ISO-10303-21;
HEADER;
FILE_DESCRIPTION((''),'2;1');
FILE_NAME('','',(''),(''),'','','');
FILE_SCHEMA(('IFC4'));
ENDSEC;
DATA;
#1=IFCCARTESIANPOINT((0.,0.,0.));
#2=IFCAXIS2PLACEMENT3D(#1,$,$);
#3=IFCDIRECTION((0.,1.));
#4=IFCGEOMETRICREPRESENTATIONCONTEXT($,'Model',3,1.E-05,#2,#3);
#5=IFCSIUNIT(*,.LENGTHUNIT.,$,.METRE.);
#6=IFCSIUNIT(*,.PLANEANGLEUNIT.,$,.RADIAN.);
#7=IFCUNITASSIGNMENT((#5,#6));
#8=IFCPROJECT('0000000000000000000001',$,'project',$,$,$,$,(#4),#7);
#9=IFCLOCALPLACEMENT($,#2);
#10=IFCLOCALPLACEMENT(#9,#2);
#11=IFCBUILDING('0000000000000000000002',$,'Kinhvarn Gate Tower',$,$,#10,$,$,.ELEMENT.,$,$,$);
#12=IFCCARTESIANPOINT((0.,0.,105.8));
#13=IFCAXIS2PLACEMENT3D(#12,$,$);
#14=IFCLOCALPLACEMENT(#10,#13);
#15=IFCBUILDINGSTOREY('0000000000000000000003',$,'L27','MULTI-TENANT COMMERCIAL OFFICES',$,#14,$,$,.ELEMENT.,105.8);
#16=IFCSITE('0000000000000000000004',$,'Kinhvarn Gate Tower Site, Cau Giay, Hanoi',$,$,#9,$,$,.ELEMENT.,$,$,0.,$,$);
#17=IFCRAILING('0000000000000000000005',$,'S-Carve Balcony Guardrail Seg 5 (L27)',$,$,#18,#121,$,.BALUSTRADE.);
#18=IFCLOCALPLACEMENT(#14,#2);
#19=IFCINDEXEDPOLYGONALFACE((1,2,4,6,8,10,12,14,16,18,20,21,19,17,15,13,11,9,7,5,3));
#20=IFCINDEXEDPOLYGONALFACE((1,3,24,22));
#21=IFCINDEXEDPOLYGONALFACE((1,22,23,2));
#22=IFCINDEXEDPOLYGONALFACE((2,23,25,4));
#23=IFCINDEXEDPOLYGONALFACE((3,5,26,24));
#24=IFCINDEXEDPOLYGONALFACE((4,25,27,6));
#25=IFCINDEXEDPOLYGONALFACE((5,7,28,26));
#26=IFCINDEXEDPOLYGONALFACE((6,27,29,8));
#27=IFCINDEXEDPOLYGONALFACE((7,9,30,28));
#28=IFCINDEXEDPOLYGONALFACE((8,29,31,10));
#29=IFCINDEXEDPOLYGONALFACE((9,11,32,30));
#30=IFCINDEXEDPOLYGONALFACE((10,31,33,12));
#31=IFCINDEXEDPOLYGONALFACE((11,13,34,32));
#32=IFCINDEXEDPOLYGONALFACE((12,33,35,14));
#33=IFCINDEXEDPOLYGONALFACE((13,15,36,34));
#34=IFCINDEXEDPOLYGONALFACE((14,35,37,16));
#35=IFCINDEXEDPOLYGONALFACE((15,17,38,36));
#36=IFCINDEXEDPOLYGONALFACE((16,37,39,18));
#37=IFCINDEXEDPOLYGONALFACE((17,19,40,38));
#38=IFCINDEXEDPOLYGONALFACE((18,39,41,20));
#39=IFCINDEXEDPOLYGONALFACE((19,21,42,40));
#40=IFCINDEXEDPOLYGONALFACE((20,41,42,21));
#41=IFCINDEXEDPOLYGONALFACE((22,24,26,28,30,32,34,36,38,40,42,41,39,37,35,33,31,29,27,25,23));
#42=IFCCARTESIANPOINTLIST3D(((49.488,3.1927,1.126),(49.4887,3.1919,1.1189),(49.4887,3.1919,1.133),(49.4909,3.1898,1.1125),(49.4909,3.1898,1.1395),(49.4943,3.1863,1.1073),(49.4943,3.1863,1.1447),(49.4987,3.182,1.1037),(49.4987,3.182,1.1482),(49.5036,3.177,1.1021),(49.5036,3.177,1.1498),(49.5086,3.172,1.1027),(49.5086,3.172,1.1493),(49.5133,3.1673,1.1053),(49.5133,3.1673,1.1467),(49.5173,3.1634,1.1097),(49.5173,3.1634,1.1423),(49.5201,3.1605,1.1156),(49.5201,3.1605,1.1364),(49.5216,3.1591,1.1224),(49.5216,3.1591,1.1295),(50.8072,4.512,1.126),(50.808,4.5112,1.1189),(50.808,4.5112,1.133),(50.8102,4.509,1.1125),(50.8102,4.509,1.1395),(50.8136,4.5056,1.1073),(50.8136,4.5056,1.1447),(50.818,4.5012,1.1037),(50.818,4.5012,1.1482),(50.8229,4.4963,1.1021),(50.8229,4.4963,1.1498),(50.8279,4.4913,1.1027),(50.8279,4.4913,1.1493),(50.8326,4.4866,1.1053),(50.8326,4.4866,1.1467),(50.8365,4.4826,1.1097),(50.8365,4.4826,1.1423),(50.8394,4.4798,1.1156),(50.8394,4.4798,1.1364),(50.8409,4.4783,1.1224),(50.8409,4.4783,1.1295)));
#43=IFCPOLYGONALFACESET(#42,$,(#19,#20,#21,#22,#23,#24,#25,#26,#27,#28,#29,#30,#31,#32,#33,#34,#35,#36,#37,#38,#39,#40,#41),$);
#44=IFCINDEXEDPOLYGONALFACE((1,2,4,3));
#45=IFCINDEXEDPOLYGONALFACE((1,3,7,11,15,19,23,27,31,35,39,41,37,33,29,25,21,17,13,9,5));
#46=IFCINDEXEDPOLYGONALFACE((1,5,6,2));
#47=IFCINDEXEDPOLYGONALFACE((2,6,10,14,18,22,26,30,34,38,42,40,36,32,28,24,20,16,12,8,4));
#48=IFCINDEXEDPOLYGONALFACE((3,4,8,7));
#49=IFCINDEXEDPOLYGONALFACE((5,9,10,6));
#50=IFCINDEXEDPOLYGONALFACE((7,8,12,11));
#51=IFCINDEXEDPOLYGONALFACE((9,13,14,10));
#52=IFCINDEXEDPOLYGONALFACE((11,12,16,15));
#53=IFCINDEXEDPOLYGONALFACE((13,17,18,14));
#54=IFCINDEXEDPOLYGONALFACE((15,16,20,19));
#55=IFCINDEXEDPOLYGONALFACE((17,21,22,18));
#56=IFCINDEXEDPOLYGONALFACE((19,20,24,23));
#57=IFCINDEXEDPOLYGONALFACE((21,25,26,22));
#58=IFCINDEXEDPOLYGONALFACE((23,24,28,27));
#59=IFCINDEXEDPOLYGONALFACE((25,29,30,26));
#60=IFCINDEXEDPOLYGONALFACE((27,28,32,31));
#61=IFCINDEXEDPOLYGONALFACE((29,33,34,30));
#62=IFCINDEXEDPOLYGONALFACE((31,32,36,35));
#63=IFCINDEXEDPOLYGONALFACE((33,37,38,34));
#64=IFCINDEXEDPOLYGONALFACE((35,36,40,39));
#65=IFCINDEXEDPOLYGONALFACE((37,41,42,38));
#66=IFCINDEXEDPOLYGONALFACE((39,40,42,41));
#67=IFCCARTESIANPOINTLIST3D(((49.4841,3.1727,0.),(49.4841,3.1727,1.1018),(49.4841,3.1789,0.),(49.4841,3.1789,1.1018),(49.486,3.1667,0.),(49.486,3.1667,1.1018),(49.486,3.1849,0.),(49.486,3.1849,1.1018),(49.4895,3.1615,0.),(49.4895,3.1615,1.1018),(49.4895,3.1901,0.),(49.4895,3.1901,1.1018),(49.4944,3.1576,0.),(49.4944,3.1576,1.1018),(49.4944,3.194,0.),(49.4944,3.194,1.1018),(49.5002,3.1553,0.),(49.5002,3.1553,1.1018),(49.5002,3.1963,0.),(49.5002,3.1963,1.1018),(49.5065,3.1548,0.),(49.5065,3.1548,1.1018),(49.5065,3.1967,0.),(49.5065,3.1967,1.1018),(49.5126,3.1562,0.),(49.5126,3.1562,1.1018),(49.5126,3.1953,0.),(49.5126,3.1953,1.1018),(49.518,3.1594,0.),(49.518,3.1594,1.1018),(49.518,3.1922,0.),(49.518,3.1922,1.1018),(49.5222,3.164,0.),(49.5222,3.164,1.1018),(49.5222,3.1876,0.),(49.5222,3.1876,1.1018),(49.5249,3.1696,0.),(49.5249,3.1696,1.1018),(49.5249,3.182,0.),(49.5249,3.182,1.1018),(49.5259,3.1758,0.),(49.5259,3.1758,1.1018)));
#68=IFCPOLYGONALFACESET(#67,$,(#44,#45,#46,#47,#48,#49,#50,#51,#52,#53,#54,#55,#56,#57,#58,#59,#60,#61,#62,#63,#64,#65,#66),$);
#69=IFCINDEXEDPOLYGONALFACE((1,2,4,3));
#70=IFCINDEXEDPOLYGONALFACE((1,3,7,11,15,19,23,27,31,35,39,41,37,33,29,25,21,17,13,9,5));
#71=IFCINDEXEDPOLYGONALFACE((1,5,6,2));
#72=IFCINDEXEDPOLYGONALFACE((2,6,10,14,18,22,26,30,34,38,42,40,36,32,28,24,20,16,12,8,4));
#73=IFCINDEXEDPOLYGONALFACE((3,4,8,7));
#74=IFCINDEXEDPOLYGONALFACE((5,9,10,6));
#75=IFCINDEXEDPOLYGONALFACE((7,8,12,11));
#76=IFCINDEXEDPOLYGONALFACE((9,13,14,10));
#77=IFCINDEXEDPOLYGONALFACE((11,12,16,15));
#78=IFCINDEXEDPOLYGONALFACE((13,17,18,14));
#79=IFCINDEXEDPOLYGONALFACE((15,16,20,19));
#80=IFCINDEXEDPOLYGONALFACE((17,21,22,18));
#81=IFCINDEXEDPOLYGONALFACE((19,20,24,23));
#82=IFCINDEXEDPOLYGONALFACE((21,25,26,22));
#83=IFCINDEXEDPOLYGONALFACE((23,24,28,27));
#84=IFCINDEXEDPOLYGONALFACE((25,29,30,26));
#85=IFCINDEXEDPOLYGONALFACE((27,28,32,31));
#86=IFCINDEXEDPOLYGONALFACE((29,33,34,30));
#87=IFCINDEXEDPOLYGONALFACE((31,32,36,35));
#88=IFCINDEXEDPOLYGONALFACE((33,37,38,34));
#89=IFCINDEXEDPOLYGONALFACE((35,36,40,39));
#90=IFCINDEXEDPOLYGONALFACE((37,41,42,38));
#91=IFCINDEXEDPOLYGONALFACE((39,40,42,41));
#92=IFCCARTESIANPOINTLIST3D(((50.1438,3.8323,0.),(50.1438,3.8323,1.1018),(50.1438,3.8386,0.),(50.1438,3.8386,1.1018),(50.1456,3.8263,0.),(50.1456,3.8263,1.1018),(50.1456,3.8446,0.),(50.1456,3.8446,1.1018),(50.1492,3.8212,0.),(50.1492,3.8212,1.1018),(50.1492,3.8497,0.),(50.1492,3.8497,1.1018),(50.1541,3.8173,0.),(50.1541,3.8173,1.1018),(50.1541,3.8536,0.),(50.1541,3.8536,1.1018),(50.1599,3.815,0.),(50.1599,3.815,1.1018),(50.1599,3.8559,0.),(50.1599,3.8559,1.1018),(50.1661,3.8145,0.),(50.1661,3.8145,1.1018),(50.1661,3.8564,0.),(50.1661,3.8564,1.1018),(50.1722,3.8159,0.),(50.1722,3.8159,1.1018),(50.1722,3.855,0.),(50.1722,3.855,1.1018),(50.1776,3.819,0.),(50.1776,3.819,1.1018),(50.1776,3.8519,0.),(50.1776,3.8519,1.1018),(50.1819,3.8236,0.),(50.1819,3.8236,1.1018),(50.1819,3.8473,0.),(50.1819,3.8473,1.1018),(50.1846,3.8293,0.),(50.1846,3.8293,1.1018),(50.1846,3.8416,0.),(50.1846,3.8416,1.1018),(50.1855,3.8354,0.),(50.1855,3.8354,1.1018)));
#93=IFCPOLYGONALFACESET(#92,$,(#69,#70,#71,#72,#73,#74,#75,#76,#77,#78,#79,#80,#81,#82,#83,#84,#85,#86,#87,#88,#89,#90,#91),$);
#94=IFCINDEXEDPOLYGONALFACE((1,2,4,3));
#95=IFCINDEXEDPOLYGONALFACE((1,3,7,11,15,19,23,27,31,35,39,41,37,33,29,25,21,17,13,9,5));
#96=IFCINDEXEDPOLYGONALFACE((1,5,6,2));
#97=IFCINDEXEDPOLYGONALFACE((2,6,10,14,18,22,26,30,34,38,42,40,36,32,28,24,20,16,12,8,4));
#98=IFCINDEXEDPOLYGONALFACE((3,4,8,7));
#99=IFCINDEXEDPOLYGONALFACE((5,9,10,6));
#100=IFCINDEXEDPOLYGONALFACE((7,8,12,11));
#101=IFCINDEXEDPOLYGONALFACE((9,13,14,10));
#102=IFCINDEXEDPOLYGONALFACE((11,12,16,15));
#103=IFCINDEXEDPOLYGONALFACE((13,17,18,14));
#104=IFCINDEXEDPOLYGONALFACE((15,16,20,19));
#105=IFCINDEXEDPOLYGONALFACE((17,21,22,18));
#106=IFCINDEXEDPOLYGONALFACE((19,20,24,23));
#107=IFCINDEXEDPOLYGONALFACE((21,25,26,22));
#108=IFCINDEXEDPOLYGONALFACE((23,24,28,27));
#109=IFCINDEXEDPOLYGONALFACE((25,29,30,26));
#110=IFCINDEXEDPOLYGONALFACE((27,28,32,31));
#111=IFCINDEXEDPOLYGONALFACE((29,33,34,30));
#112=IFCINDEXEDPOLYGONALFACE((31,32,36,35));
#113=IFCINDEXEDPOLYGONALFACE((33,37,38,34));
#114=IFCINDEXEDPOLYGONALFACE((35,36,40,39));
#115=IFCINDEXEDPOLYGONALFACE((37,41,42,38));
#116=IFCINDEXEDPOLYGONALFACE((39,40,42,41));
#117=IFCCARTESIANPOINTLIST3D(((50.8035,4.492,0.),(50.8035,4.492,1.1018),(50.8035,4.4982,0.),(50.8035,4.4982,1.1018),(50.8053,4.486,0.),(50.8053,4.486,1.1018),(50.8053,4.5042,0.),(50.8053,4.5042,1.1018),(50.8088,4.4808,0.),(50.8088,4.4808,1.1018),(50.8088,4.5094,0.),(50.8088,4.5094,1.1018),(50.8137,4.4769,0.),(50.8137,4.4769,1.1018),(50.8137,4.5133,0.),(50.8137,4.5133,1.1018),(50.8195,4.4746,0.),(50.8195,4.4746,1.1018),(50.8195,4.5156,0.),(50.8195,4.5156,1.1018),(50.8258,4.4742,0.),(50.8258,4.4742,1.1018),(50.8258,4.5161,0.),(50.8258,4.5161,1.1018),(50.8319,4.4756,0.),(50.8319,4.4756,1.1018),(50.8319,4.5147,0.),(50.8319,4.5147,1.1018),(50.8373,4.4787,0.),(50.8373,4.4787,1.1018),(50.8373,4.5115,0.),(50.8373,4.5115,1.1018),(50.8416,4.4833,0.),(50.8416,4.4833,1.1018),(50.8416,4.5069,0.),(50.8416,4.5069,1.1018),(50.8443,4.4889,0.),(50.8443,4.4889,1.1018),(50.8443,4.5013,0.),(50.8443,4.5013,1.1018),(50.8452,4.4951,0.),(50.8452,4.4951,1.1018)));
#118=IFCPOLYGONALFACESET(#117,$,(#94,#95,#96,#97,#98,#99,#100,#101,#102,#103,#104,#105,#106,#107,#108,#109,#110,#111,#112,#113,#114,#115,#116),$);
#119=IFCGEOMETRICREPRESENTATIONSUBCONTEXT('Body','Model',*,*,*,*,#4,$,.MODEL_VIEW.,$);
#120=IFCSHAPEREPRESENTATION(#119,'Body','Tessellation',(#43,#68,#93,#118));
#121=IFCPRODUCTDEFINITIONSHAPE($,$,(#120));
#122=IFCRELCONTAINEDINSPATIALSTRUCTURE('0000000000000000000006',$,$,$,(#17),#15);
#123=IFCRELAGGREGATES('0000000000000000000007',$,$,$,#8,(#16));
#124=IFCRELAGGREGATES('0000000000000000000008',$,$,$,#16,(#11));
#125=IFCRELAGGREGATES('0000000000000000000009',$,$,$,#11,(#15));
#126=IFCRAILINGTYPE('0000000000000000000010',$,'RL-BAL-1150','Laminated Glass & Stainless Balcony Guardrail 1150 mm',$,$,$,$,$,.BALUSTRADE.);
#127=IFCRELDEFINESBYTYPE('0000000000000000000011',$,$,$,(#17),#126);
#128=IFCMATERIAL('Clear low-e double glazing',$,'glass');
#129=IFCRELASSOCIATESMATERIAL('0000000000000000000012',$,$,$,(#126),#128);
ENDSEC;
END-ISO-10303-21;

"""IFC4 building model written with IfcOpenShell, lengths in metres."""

from ifc_helpers import new_model, si_unit, direction, frame, origin, origin_2d, place, context, subcontext, project, spatial, circle, extrude, material, type_object, element, save


model = new_model("IFC4")

# Units and contexts
model_context = context("Model", 3, precision=1e-05, world=origin(), true_north=direction((0.0, 1.0)))
body_context = subcontext(model_context, "Body", "Model", "MODEL_VIEW")
ifc_project = project(units=[si_unit("LENGTHUNIT", "METRE"), si_unit("PLANEANGLEUNIT", "RADIAN")], contexts=[model_context])

# Site, building, storey
site_placement = place(None, origin())
site = spatial("IfcSite", under=ifc_project, at=site_placement, Name="Kinhvarn Gate Tower Site, Cau Giay, Hanoi", CompositionType="ELEMENT", RefElevation=0.0)
building_placement = place(site_placement, origin())
building = spatial("IfcBuilding", under=site, at=building_placement, Name="Kinhvarn Gate Tower", CompositionType="ELEMENT")
storey_placement = place(building_placement, frame((0.0, 0.0, 105.8)))
storey = spatial("IfcBuildingStorey", under=building, at=storey_placement, Name="L27", Description="MULTI-TENANT COMMERCIAL OFFICES", CompositionType="ELEMENT", Elevation=105.8)

# Shared definitions
ifc_material_1 = material(Name="Clear low-e double glazing", Category="glass")

# Railing
railing_type = type_object("IfcRailingType", Name="RL-BAL-1150", Description="Laminated Glass & Stainless Balcony Guardrail 1150 mm", PredefinedType="BALUSTRADE", material=ifc_material_1)
railing_1_placement = place(storey_placement, frame((49.5049, 3.1758, 0.0)))
element("IfcRailing", 1, at=railing_1_placement, inside=storey, type_object=railing_type, Name="S-Carve Balcony Guardrail Seg 5 (L27)", PredefinedType="BALUSTRADE", context=body_context, shape_type="SweptSolid", body=[
    extrude(circle(Radius=0.0239, at=origin_2d()), frame((0.0, 0.0, 1.126), z_axis=(0.707107, 0.707107, 0.0), x_axis=(-0.707107, 0.707107, 0.0)), (0.0, 0.0, 1.0), 1.8657),
    extrude(circle(Radius=0.021, at=origin_2d()), origin(), (0.0, 0.0, 1.0), 1.1018),
    extrude(circle(Radius=0.021, at=origin_2d()), frame((0.6597, 0.6597, 0.0)), (0.0, 0.0, 1.0), 1.1018),
    extrude(circle(Radius=0.021, at=origin_2d()), frame((1.3193, 1.3193, 0.0)), (0.0, 0.0, 1.0), 1.1018),
])

save(model, "model.ifc")
